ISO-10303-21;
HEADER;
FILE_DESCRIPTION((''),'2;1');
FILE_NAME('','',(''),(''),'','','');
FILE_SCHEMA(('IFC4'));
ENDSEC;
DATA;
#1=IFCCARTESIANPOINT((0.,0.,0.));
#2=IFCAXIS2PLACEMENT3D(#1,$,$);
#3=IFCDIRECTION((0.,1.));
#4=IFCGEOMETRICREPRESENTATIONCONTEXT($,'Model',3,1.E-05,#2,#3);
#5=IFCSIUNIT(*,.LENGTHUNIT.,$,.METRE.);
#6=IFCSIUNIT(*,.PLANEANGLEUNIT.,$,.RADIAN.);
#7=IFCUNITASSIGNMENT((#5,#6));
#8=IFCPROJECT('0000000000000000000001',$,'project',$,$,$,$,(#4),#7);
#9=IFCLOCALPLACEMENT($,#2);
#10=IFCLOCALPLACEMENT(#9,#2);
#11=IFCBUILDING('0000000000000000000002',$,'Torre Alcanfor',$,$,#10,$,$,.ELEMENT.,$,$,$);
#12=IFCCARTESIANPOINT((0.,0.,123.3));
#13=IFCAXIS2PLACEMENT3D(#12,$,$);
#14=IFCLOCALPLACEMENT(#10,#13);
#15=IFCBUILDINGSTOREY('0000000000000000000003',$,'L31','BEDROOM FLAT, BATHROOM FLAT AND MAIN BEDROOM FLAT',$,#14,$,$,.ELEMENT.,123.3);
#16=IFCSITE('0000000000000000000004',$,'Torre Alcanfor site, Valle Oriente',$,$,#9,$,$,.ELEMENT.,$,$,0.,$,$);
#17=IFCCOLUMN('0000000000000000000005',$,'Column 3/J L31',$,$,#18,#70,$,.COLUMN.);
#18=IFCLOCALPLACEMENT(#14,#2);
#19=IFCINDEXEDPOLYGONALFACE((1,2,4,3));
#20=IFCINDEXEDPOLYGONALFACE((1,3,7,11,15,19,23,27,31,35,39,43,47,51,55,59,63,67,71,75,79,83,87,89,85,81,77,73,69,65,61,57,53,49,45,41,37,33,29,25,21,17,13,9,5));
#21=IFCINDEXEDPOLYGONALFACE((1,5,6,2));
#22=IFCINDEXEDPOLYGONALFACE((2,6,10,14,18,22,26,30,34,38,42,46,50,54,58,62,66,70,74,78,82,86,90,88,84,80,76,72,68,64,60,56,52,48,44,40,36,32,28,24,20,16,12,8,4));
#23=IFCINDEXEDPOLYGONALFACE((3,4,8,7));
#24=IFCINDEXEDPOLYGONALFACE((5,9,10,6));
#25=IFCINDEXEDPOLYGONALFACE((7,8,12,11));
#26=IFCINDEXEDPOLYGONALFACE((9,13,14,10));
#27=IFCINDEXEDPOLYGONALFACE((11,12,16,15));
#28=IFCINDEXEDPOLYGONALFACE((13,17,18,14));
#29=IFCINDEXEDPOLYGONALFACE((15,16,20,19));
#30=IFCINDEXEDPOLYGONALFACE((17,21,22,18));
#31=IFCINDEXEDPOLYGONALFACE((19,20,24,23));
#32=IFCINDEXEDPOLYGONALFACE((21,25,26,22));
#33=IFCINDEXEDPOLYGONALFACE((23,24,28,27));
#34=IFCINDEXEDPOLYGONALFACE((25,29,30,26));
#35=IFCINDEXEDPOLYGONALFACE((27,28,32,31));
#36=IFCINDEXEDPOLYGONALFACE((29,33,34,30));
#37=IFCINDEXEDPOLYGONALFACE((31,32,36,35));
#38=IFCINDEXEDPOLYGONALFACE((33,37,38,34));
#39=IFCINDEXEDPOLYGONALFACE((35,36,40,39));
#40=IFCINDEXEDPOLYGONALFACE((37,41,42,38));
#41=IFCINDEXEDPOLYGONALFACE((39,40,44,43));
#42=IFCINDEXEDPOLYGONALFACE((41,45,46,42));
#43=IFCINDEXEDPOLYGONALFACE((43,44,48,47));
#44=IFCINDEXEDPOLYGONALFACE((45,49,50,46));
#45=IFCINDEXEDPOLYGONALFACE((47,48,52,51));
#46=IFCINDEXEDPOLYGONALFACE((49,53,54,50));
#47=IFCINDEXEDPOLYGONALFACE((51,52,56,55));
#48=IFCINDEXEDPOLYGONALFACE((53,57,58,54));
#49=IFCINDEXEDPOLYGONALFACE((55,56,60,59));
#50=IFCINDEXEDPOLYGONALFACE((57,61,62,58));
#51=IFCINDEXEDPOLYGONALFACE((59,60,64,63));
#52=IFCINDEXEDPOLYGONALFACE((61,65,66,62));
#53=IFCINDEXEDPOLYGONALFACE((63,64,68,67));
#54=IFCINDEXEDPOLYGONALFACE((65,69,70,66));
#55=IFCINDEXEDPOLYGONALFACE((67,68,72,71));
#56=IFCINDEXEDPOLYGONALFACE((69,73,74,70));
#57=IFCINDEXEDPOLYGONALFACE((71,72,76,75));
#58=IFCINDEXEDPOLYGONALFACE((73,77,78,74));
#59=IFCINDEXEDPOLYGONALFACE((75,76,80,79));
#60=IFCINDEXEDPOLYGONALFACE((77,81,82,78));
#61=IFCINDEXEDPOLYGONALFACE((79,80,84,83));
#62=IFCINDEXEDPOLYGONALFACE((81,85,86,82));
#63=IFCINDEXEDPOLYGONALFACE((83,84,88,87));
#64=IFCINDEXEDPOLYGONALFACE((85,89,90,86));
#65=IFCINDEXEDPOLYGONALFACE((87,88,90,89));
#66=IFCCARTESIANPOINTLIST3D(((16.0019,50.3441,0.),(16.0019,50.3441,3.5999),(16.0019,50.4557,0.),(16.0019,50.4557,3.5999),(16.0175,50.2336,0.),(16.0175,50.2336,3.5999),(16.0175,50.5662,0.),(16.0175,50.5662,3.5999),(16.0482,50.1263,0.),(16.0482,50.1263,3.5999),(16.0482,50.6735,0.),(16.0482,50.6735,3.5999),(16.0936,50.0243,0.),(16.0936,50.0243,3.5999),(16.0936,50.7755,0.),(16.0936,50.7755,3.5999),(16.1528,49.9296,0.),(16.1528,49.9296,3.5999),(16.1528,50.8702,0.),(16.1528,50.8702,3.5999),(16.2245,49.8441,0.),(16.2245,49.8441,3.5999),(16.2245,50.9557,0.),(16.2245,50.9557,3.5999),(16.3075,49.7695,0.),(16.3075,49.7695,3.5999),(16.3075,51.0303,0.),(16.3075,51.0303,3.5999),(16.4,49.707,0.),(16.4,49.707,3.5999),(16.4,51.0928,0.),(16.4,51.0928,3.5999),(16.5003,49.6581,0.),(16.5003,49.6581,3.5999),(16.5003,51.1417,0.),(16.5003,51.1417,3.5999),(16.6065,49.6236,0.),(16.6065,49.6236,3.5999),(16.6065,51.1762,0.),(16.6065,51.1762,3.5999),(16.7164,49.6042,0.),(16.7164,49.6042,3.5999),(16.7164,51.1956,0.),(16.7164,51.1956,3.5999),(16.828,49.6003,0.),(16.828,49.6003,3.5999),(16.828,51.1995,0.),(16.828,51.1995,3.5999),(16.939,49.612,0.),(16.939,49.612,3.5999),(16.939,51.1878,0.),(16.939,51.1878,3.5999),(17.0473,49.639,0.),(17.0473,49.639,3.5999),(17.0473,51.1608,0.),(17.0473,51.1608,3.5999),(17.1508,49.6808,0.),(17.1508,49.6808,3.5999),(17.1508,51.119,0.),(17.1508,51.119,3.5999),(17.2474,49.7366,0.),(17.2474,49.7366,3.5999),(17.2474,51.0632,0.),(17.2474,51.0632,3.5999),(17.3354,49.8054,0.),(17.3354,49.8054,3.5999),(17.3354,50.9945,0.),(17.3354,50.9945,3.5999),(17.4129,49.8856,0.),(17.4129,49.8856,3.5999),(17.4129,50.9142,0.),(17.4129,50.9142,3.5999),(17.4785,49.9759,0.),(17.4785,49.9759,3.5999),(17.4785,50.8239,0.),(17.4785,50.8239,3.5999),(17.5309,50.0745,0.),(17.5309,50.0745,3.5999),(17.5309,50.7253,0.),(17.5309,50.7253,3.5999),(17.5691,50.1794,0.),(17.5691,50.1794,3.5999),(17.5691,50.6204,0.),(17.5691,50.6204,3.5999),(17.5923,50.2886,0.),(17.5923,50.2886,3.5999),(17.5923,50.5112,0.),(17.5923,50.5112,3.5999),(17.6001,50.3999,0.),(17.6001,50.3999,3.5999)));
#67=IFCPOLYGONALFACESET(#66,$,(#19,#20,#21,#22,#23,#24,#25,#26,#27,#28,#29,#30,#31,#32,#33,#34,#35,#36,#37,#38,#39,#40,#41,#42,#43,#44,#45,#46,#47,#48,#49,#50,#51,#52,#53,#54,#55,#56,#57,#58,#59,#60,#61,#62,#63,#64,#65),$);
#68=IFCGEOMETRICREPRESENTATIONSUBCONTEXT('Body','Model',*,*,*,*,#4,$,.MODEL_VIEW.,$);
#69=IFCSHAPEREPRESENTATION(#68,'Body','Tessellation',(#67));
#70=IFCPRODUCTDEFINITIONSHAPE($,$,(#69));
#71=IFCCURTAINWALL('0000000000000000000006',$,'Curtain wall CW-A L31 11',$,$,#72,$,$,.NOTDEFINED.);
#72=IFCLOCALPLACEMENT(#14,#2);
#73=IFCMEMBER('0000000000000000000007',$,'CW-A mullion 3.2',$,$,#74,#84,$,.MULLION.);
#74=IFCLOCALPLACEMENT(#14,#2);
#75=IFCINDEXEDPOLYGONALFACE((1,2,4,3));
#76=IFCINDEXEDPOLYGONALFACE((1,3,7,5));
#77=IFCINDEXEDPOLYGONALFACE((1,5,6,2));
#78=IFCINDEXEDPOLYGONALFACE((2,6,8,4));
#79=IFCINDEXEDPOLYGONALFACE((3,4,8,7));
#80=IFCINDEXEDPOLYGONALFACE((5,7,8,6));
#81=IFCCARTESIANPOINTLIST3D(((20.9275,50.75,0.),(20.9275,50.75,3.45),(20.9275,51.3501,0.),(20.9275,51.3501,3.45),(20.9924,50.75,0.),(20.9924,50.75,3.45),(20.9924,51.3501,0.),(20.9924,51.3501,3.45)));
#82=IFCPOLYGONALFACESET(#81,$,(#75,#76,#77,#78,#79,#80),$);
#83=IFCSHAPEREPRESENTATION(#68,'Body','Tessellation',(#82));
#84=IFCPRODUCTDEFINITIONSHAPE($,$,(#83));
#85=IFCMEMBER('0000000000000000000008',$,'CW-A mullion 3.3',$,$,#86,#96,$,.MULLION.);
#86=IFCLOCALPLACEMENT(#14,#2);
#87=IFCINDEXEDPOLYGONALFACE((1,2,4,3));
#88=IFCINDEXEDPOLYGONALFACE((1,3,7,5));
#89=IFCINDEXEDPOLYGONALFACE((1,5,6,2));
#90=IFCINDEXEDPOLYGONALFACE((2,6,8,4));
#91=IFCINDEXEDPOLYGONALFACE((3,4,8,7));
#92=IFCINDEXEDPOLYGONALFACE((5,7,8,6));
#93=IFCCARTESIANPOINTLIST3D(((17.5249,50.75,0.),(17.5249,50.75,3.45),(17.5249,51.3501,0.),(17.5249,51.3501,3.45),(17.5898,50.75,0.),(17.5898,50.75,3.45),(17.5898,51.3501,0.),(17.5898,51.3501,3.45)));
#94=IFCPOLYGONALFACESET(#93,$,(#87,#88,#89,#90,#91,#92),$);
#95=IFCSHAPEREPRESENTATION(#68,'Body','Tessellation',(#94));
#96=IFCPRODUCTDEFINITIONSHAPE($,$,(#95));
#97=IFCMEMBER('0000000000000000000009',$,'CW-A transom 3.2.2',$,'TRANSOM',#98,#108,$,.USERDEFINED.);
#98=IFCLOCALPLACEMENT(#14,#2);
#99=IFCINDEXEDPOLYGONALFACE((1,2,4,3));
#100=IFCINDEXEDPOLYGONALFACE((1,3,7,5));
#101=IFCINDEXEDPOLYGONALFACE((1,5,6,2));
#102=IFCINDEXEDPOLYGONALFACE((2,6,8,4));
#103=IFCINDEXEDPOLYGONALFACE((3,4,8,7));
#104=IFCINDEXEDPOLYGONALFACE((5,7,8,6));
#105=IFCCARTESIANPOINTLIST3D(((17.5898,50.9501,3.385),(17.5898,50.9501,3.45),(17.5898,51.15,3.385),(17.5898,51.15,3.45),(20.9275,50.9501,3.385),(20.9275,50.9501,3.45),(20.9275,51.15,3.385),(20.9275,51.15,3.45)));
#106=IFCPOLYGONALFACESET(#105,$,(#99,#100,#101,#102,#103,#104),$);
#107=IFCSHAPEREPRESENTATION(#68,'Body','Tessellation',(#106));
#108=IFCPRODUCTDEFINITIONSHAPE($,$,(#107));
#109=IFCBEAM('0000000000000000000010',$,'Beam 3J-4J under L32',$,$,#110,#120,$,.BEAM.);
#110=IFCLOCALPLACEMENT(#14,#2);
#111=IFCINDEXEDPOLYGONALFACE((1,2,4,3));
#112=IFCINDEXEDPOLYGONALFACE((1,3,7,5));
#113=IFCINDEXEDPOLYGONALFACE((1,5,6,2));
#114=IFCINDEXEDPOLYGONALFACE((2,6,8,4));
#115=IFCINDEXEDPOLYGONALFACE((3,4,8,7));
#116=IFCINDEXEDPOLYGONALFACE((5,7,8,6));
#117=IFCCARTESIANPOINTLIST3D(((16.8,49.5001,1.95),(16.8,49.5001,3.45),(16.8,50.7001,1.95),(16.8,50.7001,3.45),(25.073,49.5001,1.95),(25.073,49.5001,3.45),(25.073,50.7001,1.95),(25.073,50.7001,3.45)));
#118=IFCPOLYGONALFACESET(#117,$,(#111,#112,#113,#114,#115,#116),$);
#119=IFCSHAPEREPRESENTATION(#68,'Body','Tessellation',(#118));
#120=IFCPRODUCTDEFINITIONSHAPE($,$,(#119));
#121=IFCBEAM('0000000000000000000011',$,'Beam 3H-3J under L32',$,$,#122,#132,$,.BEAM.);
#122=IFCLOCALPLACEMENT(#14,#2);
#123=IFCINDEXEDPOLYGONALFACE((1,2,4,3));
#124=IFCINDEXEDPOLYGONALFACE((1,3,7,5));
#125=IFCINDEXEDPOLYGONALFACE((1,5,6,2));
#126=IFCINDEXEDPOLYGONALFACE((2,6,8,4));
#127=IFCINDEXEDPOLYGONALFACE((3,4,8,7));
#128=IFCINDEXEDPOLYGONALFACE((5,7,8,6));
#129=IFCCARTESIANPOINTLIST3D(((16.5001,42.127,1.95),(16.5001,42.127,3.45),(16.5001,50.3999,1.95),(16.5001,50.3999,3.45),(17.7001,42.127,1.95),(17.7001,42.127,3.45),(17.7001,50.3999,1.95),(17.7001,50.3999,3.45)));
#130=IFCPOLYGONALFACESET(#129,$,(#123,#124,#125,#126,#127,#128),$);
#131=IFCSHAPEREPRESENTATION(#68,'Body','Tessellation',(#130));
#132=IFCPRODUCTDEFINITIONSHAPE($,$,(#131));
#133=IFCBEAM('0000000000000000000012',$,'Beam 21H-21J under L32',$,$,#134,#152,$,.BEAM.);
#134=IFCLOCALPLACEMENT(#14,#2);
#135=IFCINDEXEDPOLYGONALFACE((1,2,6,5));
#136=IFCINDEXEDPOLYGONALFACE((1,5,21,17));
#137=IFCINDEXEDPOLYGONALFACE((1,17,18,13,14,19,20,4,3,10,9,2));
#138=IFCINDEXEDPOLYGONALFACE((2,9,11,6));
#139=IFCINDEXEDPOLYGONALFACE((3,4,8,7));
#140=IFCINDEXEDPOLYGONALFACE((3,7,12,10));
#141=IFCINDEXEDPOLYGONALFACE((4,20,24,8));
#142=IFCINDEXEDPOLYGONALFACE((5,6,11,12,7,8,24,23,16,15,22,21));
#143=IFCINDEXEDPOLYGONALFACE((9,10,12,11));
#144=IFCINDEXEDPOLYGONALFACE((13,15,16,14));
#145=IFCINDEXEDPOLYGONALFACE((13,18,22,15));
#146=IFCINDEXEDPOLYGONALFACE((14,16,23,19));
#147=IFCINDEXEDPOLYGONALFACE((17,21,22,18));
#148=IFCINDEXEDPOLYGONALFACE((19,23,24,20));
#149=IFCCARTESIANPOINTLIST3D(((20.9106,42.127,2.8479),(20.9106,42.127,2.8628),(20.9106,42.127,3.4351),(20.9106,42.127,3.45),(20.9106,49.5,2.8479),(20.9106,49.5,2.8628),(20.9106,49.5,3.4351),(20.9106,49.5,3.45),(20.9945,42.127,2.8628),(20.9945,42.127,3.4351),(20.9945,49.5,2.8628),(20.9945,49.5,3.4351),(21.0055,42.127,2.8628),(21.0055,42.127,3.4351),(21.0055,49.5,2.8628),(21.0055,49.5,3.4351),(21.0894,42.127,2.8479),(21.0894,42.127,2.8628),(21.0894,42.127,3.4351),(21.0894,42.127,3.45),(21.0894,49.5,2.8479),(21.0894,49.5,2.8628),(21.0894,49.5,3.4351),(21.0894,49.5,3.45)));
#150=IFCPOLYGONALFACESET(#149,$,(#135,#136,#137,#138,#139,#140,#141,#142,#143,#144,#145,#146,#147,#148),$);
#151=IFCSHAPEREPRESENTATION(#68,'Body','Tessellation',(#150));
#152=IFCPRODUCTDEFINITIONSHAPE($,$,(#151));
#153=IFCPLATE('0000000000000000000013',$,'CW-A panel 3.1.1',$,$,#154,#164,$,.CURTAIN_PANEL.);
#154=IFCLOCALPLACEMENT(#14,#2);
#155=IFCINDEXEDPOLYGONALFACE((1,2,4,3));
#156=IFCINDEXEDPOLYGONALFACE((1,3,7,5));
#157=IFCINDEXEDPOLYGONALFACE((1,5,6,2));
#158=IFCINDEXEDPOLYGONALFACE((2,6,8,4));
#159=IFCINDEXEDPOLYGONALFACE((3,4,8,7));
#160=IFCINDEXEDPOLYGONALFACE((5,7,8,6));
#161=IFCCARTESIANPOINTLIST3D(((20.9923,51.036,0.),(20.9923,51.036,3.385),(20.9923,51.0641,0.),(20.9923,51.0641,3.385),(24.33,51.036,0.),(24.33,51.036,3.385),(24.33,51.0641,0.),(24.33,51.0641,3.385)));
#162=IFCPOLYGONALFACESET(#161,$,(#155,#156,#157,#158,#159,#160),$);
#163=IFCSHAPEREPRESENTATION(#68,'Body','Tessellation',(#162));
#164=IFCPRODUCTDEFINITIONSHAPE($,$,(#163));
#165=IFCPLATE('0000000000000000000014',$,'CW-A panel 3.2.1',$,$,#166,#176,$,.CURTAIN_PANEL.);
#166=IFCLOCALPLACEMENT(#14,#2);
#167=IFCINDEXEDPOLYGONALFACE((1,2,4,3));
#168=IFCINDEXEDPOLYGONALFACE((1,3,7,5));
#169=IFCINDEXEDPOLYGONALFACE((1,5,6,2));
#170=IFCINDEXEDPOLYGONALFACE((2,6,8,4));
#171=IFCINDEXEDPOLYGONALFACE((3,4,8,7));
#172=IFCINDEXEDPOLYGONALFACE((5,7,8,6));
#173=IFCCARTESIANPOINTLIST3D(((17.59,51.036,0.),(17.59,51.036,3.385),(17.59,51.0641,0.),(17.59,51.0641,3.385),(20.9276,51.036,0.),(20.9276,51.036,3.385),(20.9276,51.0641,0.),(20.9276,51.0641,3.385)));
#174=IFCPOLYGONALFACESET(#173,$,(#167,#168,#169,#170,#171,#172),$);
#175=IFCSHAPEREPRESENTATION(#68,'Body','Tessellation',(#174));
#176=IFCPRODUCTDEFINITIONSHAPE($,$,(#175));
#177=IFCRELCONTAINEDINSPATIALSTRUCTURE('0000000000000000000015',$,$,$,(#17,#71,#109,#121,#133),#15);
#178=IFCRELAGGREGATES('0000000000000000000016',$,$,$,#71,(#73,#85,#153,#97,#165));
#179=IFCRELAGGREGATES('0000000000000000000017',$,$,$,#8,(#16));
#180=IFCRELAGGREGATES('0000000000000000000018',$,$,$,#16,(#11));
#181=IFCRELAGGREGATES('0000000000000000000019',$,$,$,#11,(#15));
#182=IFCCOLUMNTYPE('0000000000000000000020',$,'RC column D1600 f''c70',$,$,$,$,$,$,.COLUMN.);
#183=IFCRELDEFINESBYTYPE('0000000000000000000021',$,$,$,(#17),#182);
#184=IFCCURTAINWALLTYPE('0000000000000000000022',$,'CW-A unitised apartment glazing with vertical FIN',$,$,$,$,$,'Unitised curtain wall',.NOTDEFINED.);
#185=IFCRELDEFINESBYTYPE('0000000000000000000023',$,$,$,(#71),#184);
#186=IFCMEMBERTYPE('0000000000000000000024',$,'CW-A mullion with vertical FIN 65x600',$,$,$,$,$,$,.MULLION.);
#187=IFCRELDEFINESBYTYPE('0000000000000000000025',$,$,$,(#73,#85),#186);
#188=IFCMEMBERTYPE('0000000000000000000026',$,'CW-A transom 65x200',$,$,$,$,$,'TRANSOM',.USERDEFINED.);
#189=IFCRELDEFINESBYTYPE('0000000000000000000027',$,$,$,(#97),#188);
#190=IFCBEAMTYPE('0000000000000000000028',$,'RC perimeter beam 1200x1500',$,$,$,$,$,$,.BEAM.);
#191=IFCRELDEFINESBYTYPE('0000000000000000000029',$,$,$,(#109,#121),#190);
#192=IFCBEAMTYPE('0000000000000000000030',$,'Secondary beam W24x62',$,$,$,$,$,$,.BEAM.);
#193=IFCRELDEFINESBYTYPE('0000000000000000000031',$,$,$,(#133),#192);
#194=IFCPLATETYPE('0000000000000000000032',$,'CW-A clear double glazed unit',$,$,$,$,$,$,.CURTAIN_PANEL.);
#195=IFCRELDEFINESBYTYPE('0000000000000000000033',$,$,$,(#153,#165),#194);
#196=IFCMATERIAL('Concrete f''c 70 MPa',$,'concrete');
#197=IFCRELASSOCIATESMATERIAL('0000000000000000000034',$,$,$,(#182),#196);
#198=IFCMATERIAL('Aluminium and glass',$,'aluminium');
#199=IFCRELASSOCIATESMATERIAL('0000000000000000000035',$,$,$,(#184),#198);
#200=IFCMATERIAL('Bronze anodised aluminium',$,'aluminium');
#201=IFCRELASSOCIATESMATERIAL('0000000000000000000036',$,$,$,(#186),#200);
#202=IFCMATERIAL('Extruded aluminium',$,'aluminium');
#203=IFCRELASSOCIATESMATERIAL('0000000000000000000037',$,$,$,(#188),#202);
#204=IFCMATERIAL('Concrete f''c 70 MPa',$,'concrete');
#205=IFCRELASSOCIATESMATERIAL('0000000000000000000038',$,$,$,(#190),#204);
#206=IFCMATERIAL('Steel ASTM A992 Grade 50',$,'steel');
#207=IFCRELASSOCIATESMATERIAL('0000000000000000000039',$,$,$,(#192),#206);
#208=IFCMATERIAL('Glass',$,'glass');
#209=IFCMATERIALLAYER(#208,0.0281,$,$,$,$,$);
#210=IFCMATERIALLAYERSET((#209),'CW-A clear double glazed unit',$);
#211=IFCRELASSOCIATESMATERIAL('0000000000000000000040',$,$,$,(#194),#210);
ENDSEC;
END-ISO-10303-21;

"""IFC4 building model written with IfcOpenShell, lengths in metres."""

from ifc_helpers import new_model, si_unit, direction, frame, origin, origin_2d, place, context, subcontext, project, spatial, rectangle, circle, i_section, extrude, material, layer, layer_set, material_profile, profile_set, type_object, element, aggregate, save


model = new_model("IFC4")

# Units and contexts
model_context = context("Model", 3, precision=1e-05, world=origin(), true_north=direction((0.0, 1.0)))
body_context = subcontext(model_context, "Body", "Model", "MODEL_VIEW")
ifc_project = project(units=[si_unit("LENGTHUNIT", "METRE"), si_unit("PLANEANGLEUNIT", "RADIAN")], contexts=[model_context])

# Site, building, storey
site_placement = place(None, origin())
site = spatial("IfcSite", under=ifc_project, at=site_placement, Name="Torre Alcanfor site, Valle Oriente", CompositionType="ELEMENT", RefElevation=0.0)
building_placement = place(site_placement, origin())
building = spatial("IfcBuilding", under=site, at=building_placement, Name="Torre Alcanfor", CompositionType="ELEMENT")
storey_placement = place(building_placement, frame((0.0, 0.0, 123.3)))
storey = spatial("IfcBuildingStorey", under=building, at=storey_placement, Name="L31", Description="BEDROOM FLAT, BATHROOM FLAT AND MAIN BEDROOM FLAT", CompositionType="ELEMENT", Elevation=123.3)

# Column
ifc_material_1 = material(Name="Concrete f'c 70 MPa", Category="concrete")
ifc_material_profile_1 = material_profile(ifc_material_1, circle(Radius=0.8, at=origin_2d()), Name="D1600")
ifc_profile_set_1 = profile_set([ifc_material_profile_1], Name="Concrete f'c 70 MPa")
column_type = type_object("IfcColumnType", Name="RC column D1600 f'c70", PredefinedType="COLUMN", material=ifc_profile_set_1)
column_placement = place(storey_placement, frame((16.8, 50.3999, 0.0), z_axis=(0.0, 0.0, 1.0), x_axis=(1.0, 0.0, 0.0)))
element("IfcColumn", 1, at=column_placement, inside=storey, type_object=column_type, Name="Column 3/J L31", PredefinedType="COLUMN", context=body_context, shape_type="SweptSolid", body=[
    extrude(circle(Radius=0.8, at=origin_2d()), origin(), (0.0, 0.0, 1.0), 3.5999),
])

# Curtain wall, members
ifc_material_2 = material(Name="Aluminium and glass", Category="aluminium")
curtain_wall_type = type_object("IfcCurtainWallType", Name="CW-A unitised apartment glazing with vertical FIN", ElementType="Unitised curtain wall", PredefinedType="NOTDEFINED", material=ifc_material_2)
curtain_wall_placement = place(storey_placement, origin())
curtain_wall = element("IfcCurtainWall", 2, at=curtain_wall_placement, inside=storey, type_object=curtain_wall_type, Name="Curtain wall CW-A L31 11", PredefinedType="NOTDEFINED")
ifc_material_3 = material(Name="Bronze anodised aluminium", Category="aluminium")
ifc_material_profile_2 = material_profile(ifc_material_3, rectangle(XDim=0.6001, YDim=0.0649, at=origin_2d()), Name="CW-A mullion 65x600")
ifc_profile_set_2 = profile_set([ifc_material_profile_2], Name="Bronze anodised aluminium")
member_type_1 = type_object("IfcMemberType", Name="CW-A mullion with vertical FIN 65x600", PredefinedType="MULLION", material=ifc_profile_set_2)
member_1_placement = place(storey_placement, frame((20.96, 51.05, 0.0), z_axis=(0.0, 0.0, 1.0), x_axis=(0.0, -1.0, 0.0)))
member_1 = element("IfcMember", 3, at=member_1_placement, type_object=member_type_1, Name="CW-A mullion 3.2", PredefinedType="MULLION", context=body_context, shape_type="SweptSolid", body=[
    extrude(rectangle(XDim=0.6001, YDim=0.0649, at=origin_2d()), origin(), (0.0, 0.0, 1.0), 3.45),
])
member_2_placement = place(storey_placement, frame((17.5574, 51.05, 0.0), z_axis=(0.0, 0.0, 1.0), x_axis=(0.0, -1.0, 0.0)))
member_2 = element("IfcMember", 4, at=member_2_placement, type_object=member_type_1, Name="CW-A mullion 3.3", PredefinedType="MULLION", context=body_context, shape_type="SweptSolid", body=[
    extrude(rectangle(XDim=0.6001, YDim=0.0649, at=origin_2d()), origin(), (0.0, 0.0, 1.0), 3.45),
])
ifc_material_4 = material(Name="Extruded aluminium", Category="aluminium")
ifc_material_profile_3 = material_profile(ifc_material_4, rectangle(XDim=0.2, YDim=0.0649, at=origin_2d()), Name="CW-A transom 200x65")
ifc_profile_set_3 = profile_set([ifc_material_profile_3], Name="Extruded aluminium")
member_type_2 = type_object("IfcMemberType", Name="CW-A transom 65x200", ElementType="TRANSOM", PredefinedType="USERDEFINED", material=ifc_profile_set_3)
member_3_placement = place(storey_placement, frame((20.9275, 51.05, 3.4175), z_axis=(-1.0, 0.0, 0.0), x_axis=(0.0, -1.0, 0.0)))
member_3 = element("IfcMember", 5, at=member_3_placement, type_object=member_type_2, Name="CW-A transom 3.2.2", ObjectType="TRANSOM", PredefinedType="USERDEFINED", context=body_context, shape_type="SweptSolid", body=[
    extrude(rectangle(XDim=0.2, YDim=0.0649, at=origin_2d()), origin(), (0.0, 0.0, 1.0), 3.3376),
])

# Beams
ifc_material_5 = material(Name="Concrete f'c 70 MPa", Category="concrete")
ifc_material_profile_4 = material_profile(ifc_material_5, rectangle(XDim=1.2, YDim=1.5, at=origin_2d()), Name="1200x1500")
ifc_profile_set_4 = profile_set([ifc_material_profile_4], Name="Concrete f'c 70 MPa")
beam_type_1 = type_object("IfcBeamType", Name="RC perimeter beam 1200x1500", PredefinedType="BEAM", material=ifc_profile_set_4)
for number, where, z_axis, x_axis, name in (
    (6, (16.8, 50.1001, 2.7), (1.0, 0.0, 0.0), (0.0, 1.0, 0.0), "Beam 3J-4J under L32"),
    (7, (17.1001, 42.127, 2.7), (0.0, 1.0, 0.0), (-1.0, 0.0, 0.0), "Beam 3H-3J under L32"),
):
    element("IfcBeam", number, at=place(storey_placement, frame(where, z_axis=z_axis, x_axis=x_axis)), inside=storey, type_object=beam_type_1, Name=name, PredefinedType="BEAM", context=body_context, shape_type="SweptSolid", body=[
        extrude(rectangle(XDim=1.2, YDim=1.5, at=origin_2d()), origin(), (0.0, 0.0, 1.0), 8.2729),
    ])
ifc_material_6 = material(Name="Steel ASTM A992 Grade 50", Category="steel")
ifc_material_profile_5 = material_profile(ifc_material_6, i_section(OverallWidth=0.1787, OverallDepth=0.6021, WebThickness=0.011, FlangeThickness=0.0149, at=origin_2d()), Name="W24x62")
ifc_profile_set_5 = profile_set([ifc_material_profile_5], Name="Steel ASTM A992 Grade 50")
beam_type_2 = type_object("IfcBeamType", Name="Secondary beam W24x62", PredefinedType="BEAM", material=ifc_profile_set_5)
beam_placement = place(storey_placement, frame((21.0, 42.127, 3.1489), z_axis=(0.0, 1.0, 0.0), x_axis=(-1.0, 0.0, 0.0)))
element("IfcBeam", 8, at=beam_placement, inside=storey, type_object=beam_type_2, Name="Beam 21H-21J under L32", PredefinedType="BEAM", context=body_context, shape_type="SweptSolid", body=[
    extrude(i_section(OverallWidth=0.1787, OverallDepth=0.6021, WebThickness=0.011, FlangeThickness=0.0149, at=origin_2d()), origin(), (0.0, 0.0, 1.0), 7.373),
])

# Plates
ifc_material_7 = material(Name="Glass", Category="glass")
ifc_layer_1 = layer(ifc_material_7, 0.0281)
ifc_layer_set_1 = layer_set([ifc_layer_1], Name="CW-A clear double glazed unit")
plate_type = type_object("IfcPlateType", Name="CW-A clear double glazed unit", PredefinedType="CURTAIN_PANEL", material=ifc_layer_set_1)
plate_1_placement = place(storey_placement, frame((22.6611, 51.05, 0.0), z_axis=(0.0, 0.0, 1.0), x_axis=(-1.0, 0.0, 0.0)))
plate_1 = element("IfcPlate", 9, at=plate_1_placement, type_object=plate_type, Name="CW-A panel 3.1.1", PredefinedType="CURTAIN_PANEL", context=body_context, shape_type="SweptSolid", body=[
    extrude(rectangle(XDim=3.3376, YDim=0.0281, at=origin_2d()), origin(), (0.0, 0.0, 1.0), 3.385),
])
plate_2_placement = place(storey_placement, frame((19.2588, 51.05, 0.0), z_axis=(0.0, 0.0, 1.0), x_axis=(-1.0, 0.0, 0.0)))
plate_2 = element("IfcPlate", 10, at=plate_2_placement, type_object=plate_type, Name="CW-A panel 3.2.1", PredefinedType="CURTAIN_PANEL", context=body_context, shape_type="SweptSolid", body=[
    extrude(rectangle(XDim=3.3376, YDim=0.0281, at=origin_2d()), origin(), (0.0, 0.0, 1.0), 3.385),
])
aggregate(curtain_wall, [member_1, member_2, plate_1, member_3, plate_2])

save(model, "model.ifc")
